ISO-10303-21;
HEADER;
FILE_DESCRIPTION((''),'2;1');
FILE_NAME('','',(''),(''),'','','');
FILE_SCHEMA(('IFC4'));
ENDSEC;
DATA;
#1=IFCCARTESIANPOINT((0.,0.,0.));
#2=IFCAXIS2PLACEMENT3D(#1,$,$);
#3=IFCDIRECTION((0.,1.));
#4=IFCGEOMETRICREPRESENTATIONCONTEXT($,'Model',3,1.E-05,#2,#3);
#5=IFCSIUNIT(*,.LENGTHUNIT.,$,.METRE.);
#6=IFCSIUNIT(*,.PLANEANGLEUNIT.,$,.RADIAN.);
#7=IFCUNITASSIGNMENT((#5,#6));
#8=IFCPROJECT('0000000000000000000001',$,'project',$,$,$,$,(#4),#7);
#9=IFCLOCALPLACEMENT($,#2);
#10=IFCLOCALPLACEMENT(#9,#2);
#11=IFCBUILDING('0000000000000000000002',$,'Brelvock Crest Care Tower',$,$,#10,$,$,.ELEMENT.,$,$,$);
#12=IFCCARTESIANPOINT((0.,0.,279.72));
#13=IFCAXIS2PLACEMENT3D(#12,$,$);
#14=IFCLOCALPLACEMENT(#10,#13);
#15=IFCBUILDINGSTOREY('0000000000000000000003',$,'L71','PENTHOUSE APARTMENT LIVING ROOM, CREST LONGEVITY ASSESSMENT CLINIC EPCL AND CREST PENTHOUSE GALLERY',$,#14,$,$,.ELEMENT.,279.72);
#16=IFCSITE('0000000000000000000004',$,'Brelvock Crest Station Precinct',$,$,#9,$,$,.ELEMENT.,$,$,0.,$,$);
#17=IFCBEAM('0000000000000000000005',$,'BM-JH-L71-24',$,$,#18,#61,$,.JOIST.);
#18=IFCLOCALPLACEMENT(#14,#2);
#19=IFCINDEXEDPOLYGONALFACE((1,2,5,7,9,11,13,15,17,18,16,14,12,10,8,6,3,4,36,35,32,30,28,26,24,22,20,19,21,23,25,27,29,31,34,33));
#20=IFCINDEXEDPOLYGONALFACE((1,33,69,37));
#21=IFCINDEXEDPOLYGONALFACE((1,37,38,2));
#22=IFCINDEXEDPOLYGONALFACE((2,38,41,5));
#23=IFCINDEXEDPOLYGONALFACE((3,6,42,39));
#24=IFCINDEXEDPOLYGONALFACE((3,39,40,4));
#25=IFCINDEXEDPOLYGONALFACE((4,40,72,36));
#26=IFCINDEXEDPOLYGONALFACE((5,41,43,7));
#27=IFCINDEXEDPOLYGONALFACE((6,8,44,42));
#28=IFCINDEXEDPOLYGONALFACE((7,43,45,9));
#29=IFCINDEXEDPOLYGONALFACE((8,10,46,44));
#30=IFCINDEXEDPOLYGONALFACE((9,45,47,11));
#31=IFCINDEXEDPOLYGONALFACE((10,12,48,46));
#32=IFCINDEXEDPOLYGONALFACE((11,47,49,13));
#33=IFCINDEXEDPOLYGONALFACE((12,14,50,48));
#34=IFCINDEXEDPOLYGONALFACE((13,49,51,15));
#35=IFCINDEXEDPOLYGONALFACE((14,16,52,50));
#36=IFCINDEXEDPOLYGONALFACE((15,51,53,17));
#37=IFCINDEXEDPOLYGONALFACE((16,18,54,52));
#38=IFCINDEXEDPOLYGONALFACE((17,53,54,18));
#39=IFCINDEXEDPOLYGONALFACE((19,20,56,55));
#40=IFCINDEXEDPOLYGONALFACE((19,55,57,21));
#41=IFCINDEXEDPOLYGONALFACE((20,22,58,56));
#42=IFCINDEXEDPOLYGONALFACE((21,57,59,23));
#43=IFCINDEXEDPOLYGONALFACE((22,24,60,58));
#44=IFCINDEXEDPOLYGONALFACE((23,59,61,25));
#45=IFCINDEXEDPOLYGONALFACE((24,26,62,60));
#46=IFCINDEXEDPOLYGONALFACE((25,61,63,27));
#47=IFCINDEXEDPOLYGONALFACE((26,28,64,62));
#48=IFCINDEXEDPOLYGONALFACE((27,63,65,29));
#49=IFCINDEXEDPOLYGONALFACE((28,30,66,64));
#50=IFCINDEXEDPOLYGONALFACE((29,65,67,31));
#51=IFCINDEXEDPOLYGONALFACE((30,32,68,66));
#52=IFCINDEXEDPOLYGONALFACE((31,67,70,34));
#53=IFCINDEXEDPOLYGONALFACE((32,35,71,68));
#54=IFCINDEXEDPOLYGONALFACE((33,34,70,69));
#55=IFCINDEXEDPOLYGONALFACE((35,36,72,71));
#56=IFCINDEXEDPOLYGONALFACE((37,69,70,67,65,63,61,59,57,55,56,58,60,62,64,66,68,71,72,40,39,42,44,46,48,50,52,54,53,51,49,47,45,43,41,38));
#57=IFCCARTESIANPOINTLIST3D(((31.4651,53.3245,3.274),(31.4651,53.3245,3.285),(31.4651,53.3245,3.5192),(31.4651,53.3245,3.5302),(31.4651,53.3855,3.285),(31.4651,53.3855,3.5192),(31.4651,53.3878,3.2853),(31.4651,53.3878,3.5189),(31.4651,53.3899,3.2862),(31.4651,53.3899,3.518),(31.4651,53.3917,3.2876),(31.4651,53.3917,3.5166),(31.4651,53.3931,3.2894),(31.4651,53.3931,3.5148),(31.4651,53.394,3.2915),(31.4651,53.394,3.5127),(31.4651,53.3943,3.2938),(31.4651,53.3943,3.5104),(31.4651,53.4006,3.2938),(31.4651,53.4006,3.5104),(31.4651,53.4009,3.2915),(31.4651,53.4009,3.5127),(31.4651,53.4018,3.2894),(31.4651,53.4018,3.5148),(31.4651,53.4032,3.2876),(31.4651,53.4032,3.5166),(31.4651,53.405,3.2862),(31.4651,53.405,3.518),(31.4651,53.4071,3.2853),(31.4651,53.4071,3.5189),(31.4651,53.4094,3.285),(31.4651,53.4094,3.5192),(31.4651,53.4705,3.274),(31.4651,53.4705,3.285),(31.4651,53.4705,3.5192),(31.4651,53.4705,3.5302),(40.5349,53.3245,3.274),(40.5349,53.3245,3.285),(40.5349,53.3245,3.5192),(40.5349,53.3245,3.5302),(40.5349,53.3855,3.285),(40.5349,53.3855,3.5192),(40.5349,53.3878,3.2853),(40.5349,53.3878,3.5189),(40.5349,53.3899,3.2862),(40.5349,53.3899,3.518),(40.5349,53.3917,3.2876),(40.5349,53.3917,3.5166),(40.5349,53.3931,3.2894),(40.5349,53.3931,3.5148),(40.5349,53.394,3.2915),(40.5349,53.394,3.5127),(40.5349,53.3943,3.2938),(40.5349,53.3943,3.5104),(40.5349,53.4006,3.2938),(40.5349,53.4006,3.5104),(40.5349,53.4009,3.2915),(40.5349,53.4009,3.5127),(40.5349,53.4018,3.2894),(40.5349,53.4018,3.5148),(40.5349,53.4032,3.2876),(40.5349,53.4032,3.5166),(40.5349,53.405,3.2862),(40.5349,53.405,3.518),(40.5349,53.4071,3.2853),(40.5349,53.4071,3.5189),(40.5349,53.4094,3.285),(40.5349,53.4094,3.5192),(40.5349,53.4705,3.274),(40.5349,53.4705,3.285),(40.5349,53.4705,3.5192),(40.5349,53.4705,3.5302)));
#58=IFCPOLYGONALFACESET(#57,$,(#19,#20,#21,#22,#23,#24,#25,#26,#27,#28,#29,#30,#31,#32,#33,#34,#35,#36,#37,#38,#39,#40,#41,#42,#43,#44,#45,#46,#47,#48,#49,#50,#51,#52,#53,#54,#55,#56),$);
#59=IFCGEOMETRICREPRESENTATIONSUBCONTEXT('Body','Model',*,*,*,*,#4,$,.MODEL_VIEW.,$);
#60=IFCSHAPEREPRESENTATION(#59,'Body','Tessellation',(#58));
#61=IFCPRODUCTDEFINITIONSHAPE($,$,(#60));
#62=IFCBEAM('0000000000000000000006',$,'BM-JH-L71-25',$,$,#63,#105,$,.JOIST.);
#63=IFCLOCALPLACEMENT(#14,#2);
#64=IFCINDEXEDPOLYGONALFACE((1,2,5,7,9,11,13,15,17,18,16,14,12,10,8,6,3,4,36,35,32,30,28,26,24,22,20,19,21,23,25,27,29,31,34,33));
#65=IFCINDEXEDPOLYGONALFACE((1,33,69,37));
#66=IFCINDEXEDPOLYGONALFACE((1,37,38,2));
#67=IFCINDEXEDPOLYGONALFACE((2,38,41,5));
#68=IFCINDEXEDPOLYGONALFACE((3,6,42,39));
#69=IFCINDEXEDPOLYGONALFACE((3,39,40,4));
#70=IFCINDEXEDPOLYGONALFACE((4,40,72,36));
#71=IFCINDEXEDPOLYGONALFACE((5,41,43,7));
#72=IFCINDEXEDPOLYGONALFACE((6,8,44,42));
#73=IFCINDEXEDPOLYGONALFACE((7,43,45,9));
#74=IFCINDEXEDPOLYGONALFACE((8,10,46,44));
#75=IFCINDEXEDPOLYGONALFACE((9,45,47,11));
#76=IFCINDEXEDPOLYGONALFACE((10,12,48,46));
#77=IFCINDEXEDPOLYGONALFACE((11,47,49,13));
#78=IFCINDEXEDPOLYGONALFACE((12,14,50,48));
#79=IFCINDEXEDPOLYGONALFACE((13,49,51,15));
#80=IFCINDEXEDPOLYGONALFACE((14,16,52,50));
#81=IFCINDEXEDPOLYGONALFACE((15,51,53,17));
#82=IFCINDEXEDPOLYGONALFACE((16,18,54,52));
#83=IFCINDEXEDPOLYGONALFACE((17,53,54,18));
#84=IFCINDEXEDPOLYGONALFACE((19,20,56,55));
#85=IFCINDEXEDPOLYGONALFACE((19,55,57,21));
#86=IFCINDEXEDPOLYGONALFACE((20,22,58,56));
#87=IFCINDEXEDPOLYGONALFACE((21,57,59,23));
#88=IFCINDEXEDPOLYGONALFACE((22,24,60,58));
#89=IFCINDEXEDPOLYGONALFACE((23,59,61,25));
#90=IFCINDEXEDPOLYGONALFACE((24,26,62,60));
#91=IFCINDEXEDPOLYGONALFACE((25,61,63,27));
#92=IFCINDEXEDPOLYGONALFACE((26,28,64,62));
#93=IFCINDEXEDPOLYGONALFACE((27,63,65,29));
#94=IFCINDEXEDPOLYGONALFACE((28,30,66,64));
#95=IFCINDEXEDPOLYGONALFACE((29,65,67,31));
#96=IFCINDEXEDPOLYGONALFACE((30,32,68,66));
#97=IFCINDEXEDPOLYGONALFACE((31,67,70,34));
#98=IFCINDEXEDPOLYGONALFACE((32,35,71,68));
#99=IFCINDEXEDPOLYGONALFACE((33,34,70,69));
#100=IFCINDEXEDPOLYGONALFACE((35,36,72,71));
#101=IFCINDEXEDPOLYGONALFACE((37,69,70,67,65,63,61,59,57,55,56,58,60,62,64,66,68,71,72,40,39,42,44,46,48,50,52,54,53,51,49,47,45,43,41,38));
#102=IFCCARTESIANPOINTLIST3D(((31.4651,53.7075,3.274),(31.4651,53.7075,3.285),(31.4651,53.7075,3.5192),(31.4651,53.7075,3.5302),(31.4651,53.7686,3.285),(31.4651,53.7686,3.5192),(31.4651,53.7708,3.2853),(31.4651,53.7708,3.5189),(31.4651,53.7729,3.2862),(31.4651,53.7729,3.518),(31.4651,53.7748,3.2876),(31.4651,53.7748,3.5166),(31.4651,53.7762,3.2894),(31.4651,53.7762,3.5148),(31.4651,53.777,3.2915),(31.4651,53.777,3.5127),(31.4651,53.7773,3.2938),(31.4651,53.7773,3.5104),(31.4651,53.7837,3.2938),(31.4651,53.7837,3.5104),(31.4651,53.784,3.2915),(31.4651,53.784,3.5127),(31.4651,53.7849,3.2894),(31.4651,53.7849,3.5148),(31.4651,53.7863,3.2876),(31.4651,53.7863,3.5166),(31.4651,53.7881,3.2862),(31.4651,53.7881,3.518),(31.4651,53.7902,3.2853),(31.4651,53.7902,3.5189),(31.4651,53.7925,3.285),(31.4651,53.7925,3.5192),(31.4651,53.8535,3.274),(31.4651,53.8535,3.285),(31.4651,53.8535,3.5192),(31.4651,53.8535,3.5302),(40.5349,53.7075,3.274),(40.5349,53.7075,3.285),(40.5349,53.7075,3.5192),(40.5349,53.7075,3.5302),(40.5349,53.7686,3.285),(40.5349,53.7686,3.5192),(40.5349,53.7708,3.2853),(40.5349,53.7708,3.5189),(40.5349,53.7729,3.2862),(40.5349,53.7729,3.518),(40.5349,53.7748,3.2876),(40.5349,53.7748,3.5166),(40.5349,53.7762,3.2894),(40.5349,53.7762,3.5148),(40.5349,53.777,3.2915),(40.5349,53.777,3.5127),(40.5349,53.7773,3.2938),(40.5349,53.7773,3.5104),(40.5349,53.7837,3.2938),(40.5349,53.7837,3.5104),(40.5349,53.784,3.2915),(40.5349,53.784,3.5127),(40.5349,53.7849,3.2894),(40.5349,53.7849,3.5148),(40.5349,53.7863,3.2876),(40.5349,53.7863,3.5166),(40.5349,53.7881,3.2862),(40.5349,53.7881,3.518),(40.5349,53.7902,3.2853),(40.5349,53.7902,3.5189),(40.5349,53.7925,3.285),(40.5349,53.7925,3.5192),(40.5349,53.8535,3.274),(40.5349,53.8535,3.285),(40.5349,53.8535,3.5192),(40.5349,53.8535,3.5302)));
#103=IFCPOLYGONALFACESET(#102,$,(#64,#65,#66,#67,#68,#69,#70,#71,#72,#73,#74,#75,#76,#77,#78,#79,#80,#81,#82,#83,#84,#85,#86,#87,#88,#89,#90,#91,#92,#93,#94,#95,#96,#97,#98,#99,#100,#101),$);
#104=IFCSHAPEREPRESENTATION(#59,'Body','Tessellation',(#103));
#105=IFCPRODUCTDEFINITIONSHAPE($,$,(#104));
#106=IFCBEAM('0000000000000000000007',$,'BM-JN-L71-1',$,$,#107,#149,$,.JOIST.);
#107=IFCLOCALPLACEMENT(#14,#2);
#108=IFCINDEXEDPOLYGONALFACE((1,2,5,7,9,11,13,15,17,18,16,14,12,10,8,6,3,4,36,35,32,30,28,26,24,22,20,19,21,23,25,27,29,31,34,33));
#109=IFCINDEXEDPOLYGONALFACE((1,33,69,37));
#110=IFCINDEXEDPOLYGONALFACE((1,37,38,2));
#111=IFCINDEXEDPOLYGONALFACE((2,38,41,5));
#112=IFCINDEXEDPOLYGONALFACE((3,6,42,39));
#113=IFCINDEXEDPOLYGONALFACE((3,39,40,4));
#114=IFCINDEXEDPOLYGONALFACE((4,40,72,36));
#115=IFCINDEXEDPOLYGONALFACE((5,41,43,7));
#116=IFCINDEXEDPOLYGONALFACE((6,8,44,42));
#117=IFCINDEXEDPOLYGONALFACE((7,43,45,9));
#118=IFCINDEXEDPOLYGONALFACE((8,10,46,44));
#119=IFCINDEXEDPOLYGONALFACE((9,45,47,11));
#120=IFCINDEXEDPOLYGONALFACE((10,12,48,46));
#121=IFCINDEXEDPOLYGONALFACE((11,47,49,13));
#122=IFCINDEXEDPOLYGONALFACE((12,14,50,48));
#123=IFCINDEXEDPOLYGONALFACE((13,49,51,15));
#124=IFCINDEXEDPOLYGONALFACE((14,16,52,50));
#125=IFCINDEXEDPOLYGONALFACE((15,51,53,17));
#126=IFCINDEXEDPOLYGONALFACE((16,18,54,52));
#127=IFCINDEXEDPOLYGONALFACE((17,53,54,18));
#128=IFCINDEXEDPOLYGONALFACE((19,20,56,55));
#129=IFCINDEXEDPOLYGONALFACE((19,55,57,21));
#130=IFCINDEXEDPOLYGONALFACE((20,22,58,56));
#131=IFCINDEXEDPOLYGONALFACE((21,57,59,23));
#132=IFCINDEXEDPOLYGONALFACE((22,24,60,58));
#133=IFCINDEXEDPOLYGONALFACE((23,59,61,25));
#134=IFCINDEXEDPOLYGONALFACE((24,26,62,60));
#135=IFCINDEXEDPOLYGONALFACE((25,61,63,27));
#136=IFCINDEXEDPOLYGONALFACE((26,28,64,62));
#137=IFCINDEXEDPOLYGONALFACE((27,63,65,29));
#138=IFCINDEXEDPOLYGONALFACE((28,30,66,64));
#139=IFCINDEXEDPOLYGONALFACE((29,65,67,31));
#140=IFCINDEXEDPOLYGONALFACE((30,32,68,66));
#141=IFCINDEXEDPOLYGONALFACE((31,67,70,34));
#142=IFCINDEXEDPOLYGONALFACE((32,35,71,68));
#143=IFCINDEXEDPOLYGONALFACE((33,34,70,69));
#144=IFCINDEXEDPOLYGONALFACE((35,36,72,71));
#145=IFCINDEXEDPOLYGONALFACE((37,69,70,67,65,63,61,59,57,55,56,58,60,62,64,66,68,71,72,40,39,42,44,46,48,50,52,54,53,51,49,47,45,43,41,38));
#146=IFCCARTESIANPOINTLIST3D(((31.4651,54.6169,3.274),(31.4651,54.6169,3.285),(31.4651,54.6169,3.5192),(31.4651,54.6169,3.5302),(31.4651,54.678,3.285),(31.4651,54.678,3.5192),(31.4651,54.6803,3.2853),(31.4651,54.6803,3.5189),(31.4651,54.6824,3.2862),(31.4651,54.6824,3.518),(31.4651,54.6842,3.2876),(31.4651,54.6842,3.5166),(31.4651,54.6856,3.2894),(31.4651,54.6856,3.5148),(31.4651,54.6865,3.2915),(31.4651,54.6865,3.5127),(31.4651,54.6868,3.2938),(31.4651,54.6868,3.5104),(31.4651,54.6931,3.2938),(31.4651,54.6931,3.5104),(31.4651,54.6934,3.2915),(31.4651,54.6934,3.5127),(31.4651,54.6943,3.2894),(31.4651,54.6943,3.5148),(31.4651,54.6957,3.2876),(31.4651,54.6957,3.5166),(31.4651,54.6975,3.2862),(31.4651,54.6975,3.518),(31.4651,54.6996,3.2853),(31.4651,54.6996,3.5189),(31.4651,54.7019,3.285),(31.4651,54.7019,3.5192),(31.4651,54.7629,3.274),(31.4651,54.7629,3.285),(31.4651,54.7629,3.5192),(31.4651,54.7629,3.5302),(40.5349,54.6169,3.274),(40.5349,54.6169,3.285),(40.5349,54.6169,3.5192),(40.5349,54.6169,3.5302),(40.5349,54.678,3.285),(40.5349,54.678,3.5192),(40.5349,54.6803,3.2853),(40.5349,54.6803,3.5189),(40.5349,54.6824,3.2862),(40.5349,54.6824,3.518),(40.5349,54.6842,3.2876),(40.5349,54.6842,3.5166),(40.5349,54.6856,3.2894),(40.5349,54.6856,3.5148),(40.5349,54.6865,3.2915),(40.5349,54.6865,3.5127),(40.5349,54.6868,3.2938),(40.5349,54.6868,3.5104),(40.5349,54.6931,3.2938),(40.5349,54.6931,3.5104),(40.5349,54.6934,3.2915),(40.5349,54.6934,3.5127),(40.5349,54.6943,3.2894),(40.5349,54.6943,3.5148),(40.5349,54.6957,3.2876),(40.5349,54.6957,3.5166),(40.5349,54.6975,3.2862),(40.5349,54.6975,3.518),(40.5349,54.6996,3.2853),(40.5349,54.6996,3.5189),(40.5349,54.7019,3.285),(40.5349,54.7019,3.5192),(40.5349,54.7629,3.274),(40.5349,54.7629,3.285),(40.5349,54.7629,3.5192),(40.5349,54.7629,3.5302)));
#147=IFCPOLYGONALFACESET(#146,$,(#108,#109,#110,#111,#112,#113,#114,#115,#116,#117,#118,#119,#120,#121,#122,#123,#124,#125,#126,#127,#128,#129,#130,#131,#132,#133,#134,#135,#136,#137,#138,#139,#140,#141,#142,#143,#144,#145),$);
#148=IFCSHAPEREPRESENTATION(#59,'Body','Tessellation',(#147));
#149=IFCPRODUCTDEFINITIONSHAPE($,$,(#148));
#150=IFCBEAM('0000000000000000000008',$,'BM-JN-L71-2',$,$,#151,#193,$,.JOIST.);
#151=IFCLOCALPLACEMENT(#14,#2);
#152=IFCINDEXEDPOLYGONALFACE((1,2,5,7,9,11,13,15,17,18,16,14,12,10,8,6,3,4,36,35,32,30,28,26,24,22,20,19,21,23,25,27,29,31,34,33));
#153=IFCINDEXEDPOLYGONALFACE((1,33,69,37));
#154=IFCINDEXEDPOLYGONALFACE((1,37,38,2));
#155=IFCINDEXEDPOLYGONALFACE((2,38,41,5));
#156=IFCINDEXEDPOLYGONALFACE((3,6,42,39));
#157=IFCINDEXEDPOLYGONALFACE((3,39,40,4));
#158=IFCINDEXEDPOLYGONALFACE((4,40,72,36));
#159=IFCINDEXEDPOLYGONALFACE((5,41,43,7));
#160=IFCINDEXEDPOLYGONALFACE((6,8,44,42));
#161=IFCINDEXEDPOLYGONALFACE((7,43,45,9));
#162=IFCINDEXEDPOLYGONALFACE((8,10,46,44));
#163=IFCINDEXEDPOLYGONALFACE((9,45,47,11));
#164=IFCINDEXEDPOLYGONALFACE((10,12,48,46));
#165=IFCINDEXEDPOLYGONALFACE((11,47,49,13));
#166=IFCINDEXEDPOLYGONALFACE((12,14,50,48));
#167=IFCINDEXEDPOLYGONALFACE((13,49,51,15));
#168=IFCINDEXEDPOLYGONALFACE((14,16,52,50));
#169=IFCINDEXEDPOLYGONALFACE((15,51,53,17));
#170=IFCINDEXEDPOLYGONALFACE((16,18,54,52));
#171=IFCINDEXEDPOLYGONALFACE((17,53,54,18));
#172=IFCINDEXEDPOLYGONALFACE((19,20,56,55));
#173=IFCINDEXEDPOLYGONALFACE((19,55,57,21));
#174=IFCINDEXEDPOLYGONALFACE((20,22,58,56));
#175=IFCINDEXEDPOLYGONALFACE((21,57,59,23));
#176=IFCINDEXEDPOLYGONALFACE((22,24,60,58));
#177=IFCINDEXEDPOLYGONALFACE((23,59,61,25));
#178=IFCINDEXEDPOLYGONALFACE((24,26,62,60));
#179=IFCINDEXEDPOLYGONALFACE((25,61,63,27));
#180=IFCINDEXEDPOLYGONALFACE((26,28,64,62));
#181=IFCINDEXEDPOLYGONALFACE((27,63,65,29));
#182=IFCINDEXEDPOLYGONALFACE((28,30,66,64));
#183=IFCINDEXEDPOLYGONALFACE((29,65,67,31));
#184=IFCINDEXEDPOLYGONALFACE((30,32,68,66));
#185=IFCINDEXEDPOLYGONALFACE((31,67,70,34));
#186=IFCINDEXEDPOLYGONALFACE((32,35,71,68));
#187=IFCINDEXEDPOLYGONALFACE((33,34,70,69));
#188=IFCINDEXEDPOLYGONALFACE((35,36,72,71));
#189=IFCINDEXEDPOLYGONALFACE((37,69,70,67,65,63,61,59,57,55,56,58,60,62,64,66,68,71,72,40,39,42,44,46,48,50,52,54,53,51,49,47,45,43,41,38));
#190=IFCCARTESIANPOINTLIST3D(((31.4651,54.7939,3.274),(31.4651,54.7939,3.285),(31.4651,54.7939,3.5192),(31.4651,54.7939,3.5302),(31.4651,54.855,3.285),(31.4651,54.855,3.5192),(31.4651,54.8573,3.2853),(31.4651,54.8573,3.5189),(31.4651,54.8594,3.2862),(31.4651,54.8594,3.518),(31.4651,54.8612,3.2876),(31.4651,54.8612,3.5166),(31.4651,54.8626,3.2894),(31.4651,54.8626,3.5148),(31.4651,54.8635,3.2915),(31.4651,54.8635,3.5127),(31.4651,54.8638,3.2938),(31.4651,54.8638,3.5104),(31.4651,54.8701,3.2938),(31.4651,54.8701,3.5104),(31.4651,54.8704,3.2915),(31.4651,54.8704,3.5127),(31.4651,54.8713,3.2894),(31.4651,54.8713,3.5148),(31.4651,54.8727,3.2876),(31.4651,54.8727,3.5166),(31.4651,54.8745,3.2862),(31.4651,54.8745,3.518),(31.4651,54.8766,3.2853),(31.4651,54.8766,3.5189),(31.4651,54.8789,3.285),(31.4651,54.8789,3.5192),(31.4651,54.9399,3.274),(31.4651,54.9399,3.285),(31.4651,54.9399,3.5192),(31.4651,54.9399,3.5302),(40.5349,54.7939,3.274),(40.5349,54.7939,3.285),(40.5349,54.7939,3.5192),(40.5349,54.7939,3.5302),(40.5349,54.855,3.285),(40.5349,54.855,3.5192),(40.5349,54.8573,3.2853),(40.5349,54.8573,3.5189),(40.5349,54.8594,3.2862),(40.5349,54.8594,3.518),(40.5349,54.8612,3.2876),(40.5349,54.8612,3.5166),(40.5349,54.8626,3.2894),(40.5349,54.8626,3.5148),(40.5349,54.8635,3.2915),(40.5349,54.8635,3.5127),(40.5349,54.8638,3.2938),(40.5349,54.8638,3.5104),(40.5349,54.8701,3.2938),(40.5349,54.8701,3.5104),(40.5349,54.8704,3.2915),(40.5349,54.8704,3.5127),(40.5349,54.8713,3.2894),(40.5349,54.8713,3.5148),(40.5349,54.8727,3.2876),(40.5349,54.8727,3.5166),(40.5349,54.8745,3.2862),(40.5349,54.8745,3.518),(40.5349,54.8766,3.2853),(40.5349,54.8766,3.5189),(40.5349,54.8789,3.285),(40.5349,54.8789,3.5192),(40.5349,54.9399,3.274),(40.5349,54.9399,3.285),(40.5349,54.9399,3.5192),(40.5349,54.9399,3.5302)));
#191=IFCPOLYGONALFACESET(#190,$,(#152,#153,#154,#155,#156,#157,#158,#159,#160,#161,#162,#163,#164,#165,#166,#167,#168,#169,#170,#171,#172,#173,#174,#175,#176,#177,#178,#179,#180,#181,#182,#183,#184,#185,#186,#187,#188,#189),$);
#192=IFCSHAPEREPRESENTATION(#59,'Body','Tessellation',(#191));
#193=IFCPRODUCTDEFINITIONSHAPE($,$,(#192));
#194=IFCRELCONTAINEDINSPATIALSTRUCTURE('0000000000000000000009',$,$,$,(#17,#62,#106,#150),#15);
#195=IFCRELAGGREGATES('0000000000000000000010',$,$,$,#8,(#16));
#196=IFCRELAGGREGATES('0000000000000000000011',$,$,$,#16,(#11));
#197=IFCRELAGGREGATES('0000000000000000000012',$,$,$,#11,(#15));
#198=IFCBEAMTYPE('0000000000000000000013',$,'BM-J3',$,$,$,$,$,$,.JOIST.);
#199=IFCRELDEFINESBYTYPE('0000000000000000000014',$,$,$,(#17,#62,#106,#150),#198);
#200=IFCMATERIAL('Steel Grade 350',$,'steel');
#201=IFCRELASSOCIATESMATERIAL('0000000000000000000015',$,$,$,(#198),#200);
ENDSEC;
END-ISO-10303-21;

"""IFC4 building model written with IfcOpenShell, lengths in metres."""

from ifc_helpers import new_model, si_unit, direction, frame, origin, origin_2d, place, context, subcontext, project, spatial, i_section, extrude, source, transform, mapped, material, material_profile, profile_set, type_object, element, save


model = new_model("IFC4")

# Units and contexts
model_context = context("Model", 3, precision=1e-05, world=origin(), true_north=direction((0.0, 1.0)))
body_context = subcontext(model_context, "Body", "Model", "MODEL_VIEW")
ifc_project = project(units=[si_unit("LENGTHUNIT", "METRE"), si_unit("PLANEANGLEUNIT", "RADIAN")], contexts=[model_context])

# Site, building, storey
site_placement = place(None, origin())
site = spatial("IfcSite", under=ifc_project, at=site_placement, Name="Brelvock Crest Station Precinct", CompositionType="ELEMENT", RefElevation=0.0)
building_placement = place(site_placement, origin())
building = spatial("IfcBuilding", under=site, at=building_placement, Name="Brelvock Crest Care Tower", CompositionType="ELEMENT")
storey_placement = place(building_placement, frame((0.0, 0.0, 279.72)))
storey = spatial("IfcBuildingStorey", under=building, at=storey_placement, Name="L71", Description="PENTHOUSE APARTMENT LIVING ROOM, CREST LONGEVITY ASSESSMENT CLINIC EPCL AND CREST PENTHOUSE GALLERY", CompositionType="ELEMENT", Elevation=279.72)

# Shared definitions
ifc_material_1 = material(Name="Steel Grade 350", Category="steel")

# Beams
ifc_material_profile_1 = material_profile(ifc_material_1, i_section(OverallWidth=0.146, OverallDepth=0.2561, WebThickness=0.0063, FlangeThickness=0.011, FilletRadius=0.0088, at=origin_2d()), Name="250UB37.3")
ifc_profile_set_1 = profile_set([ifc_material_profile_1], Name="Steel Grade 350")
beam_type_1 = type_object("IfcBeamType", Name="BM-J3", PredefinedType="JOIST", material=ifc_profile_set_1)
shared_shape_1 = source(origin(), body_context, "Body", "SweptSolid", [
    extrude(i_section(OverallWidth=0.146, OverallDepth=0.2561, WebThickness=0.0063, FlangeThickness=0.011, FilletRadius=0.0088, at=origin_2d()), origin(), (0.0, 0.0, 1.0), 9.0698),
])
for number, where, z_axis, x_axis, name in (
    (1, (31.4651, 53.3975, 3.4021), (1.0, 0.0, 0.0), (0.0, 1.0, 0.0), "BM-JH-L71-24"),
    (2, (31.4651, 53.7805, 3.4021), (1.0, 0.0, 0.0), (0.0, 1.0, 0.0), "BM-JH-L71-25"),
    (3, (31.4651, 54.6899, 3.4021), (1.0, 0.0, 0.0), (0.0, 1.0, 0.0), "BM-JN-L71-1"),
    (4, (31.4651, 54.8669, 3.4021), (1.0, 0.0, 0.0), (0.0, 1.0, 0.0), "BM-JN-L71-2"),
):
    element("IfcBeam", number, at=place(storey_placement, frame(where, z_axis=z_axis, x_axis=x_axis)), inside=storey, type_object=beam_type_1, Name=name, PredefinedType="JOIST", context=body_context, shape_type="MappedRepresentation", body=[
        mapped(shared_shape_1, transform((0.0, 0.0, 0.0), x_axis=(1.0, 0.0, 0.0), y_axis=(0.0, 1.0, 0.0), z_axis=(0.0, 0.0, 1.0), scale=1.0)),
    ])

save(model, "model.ifc")
